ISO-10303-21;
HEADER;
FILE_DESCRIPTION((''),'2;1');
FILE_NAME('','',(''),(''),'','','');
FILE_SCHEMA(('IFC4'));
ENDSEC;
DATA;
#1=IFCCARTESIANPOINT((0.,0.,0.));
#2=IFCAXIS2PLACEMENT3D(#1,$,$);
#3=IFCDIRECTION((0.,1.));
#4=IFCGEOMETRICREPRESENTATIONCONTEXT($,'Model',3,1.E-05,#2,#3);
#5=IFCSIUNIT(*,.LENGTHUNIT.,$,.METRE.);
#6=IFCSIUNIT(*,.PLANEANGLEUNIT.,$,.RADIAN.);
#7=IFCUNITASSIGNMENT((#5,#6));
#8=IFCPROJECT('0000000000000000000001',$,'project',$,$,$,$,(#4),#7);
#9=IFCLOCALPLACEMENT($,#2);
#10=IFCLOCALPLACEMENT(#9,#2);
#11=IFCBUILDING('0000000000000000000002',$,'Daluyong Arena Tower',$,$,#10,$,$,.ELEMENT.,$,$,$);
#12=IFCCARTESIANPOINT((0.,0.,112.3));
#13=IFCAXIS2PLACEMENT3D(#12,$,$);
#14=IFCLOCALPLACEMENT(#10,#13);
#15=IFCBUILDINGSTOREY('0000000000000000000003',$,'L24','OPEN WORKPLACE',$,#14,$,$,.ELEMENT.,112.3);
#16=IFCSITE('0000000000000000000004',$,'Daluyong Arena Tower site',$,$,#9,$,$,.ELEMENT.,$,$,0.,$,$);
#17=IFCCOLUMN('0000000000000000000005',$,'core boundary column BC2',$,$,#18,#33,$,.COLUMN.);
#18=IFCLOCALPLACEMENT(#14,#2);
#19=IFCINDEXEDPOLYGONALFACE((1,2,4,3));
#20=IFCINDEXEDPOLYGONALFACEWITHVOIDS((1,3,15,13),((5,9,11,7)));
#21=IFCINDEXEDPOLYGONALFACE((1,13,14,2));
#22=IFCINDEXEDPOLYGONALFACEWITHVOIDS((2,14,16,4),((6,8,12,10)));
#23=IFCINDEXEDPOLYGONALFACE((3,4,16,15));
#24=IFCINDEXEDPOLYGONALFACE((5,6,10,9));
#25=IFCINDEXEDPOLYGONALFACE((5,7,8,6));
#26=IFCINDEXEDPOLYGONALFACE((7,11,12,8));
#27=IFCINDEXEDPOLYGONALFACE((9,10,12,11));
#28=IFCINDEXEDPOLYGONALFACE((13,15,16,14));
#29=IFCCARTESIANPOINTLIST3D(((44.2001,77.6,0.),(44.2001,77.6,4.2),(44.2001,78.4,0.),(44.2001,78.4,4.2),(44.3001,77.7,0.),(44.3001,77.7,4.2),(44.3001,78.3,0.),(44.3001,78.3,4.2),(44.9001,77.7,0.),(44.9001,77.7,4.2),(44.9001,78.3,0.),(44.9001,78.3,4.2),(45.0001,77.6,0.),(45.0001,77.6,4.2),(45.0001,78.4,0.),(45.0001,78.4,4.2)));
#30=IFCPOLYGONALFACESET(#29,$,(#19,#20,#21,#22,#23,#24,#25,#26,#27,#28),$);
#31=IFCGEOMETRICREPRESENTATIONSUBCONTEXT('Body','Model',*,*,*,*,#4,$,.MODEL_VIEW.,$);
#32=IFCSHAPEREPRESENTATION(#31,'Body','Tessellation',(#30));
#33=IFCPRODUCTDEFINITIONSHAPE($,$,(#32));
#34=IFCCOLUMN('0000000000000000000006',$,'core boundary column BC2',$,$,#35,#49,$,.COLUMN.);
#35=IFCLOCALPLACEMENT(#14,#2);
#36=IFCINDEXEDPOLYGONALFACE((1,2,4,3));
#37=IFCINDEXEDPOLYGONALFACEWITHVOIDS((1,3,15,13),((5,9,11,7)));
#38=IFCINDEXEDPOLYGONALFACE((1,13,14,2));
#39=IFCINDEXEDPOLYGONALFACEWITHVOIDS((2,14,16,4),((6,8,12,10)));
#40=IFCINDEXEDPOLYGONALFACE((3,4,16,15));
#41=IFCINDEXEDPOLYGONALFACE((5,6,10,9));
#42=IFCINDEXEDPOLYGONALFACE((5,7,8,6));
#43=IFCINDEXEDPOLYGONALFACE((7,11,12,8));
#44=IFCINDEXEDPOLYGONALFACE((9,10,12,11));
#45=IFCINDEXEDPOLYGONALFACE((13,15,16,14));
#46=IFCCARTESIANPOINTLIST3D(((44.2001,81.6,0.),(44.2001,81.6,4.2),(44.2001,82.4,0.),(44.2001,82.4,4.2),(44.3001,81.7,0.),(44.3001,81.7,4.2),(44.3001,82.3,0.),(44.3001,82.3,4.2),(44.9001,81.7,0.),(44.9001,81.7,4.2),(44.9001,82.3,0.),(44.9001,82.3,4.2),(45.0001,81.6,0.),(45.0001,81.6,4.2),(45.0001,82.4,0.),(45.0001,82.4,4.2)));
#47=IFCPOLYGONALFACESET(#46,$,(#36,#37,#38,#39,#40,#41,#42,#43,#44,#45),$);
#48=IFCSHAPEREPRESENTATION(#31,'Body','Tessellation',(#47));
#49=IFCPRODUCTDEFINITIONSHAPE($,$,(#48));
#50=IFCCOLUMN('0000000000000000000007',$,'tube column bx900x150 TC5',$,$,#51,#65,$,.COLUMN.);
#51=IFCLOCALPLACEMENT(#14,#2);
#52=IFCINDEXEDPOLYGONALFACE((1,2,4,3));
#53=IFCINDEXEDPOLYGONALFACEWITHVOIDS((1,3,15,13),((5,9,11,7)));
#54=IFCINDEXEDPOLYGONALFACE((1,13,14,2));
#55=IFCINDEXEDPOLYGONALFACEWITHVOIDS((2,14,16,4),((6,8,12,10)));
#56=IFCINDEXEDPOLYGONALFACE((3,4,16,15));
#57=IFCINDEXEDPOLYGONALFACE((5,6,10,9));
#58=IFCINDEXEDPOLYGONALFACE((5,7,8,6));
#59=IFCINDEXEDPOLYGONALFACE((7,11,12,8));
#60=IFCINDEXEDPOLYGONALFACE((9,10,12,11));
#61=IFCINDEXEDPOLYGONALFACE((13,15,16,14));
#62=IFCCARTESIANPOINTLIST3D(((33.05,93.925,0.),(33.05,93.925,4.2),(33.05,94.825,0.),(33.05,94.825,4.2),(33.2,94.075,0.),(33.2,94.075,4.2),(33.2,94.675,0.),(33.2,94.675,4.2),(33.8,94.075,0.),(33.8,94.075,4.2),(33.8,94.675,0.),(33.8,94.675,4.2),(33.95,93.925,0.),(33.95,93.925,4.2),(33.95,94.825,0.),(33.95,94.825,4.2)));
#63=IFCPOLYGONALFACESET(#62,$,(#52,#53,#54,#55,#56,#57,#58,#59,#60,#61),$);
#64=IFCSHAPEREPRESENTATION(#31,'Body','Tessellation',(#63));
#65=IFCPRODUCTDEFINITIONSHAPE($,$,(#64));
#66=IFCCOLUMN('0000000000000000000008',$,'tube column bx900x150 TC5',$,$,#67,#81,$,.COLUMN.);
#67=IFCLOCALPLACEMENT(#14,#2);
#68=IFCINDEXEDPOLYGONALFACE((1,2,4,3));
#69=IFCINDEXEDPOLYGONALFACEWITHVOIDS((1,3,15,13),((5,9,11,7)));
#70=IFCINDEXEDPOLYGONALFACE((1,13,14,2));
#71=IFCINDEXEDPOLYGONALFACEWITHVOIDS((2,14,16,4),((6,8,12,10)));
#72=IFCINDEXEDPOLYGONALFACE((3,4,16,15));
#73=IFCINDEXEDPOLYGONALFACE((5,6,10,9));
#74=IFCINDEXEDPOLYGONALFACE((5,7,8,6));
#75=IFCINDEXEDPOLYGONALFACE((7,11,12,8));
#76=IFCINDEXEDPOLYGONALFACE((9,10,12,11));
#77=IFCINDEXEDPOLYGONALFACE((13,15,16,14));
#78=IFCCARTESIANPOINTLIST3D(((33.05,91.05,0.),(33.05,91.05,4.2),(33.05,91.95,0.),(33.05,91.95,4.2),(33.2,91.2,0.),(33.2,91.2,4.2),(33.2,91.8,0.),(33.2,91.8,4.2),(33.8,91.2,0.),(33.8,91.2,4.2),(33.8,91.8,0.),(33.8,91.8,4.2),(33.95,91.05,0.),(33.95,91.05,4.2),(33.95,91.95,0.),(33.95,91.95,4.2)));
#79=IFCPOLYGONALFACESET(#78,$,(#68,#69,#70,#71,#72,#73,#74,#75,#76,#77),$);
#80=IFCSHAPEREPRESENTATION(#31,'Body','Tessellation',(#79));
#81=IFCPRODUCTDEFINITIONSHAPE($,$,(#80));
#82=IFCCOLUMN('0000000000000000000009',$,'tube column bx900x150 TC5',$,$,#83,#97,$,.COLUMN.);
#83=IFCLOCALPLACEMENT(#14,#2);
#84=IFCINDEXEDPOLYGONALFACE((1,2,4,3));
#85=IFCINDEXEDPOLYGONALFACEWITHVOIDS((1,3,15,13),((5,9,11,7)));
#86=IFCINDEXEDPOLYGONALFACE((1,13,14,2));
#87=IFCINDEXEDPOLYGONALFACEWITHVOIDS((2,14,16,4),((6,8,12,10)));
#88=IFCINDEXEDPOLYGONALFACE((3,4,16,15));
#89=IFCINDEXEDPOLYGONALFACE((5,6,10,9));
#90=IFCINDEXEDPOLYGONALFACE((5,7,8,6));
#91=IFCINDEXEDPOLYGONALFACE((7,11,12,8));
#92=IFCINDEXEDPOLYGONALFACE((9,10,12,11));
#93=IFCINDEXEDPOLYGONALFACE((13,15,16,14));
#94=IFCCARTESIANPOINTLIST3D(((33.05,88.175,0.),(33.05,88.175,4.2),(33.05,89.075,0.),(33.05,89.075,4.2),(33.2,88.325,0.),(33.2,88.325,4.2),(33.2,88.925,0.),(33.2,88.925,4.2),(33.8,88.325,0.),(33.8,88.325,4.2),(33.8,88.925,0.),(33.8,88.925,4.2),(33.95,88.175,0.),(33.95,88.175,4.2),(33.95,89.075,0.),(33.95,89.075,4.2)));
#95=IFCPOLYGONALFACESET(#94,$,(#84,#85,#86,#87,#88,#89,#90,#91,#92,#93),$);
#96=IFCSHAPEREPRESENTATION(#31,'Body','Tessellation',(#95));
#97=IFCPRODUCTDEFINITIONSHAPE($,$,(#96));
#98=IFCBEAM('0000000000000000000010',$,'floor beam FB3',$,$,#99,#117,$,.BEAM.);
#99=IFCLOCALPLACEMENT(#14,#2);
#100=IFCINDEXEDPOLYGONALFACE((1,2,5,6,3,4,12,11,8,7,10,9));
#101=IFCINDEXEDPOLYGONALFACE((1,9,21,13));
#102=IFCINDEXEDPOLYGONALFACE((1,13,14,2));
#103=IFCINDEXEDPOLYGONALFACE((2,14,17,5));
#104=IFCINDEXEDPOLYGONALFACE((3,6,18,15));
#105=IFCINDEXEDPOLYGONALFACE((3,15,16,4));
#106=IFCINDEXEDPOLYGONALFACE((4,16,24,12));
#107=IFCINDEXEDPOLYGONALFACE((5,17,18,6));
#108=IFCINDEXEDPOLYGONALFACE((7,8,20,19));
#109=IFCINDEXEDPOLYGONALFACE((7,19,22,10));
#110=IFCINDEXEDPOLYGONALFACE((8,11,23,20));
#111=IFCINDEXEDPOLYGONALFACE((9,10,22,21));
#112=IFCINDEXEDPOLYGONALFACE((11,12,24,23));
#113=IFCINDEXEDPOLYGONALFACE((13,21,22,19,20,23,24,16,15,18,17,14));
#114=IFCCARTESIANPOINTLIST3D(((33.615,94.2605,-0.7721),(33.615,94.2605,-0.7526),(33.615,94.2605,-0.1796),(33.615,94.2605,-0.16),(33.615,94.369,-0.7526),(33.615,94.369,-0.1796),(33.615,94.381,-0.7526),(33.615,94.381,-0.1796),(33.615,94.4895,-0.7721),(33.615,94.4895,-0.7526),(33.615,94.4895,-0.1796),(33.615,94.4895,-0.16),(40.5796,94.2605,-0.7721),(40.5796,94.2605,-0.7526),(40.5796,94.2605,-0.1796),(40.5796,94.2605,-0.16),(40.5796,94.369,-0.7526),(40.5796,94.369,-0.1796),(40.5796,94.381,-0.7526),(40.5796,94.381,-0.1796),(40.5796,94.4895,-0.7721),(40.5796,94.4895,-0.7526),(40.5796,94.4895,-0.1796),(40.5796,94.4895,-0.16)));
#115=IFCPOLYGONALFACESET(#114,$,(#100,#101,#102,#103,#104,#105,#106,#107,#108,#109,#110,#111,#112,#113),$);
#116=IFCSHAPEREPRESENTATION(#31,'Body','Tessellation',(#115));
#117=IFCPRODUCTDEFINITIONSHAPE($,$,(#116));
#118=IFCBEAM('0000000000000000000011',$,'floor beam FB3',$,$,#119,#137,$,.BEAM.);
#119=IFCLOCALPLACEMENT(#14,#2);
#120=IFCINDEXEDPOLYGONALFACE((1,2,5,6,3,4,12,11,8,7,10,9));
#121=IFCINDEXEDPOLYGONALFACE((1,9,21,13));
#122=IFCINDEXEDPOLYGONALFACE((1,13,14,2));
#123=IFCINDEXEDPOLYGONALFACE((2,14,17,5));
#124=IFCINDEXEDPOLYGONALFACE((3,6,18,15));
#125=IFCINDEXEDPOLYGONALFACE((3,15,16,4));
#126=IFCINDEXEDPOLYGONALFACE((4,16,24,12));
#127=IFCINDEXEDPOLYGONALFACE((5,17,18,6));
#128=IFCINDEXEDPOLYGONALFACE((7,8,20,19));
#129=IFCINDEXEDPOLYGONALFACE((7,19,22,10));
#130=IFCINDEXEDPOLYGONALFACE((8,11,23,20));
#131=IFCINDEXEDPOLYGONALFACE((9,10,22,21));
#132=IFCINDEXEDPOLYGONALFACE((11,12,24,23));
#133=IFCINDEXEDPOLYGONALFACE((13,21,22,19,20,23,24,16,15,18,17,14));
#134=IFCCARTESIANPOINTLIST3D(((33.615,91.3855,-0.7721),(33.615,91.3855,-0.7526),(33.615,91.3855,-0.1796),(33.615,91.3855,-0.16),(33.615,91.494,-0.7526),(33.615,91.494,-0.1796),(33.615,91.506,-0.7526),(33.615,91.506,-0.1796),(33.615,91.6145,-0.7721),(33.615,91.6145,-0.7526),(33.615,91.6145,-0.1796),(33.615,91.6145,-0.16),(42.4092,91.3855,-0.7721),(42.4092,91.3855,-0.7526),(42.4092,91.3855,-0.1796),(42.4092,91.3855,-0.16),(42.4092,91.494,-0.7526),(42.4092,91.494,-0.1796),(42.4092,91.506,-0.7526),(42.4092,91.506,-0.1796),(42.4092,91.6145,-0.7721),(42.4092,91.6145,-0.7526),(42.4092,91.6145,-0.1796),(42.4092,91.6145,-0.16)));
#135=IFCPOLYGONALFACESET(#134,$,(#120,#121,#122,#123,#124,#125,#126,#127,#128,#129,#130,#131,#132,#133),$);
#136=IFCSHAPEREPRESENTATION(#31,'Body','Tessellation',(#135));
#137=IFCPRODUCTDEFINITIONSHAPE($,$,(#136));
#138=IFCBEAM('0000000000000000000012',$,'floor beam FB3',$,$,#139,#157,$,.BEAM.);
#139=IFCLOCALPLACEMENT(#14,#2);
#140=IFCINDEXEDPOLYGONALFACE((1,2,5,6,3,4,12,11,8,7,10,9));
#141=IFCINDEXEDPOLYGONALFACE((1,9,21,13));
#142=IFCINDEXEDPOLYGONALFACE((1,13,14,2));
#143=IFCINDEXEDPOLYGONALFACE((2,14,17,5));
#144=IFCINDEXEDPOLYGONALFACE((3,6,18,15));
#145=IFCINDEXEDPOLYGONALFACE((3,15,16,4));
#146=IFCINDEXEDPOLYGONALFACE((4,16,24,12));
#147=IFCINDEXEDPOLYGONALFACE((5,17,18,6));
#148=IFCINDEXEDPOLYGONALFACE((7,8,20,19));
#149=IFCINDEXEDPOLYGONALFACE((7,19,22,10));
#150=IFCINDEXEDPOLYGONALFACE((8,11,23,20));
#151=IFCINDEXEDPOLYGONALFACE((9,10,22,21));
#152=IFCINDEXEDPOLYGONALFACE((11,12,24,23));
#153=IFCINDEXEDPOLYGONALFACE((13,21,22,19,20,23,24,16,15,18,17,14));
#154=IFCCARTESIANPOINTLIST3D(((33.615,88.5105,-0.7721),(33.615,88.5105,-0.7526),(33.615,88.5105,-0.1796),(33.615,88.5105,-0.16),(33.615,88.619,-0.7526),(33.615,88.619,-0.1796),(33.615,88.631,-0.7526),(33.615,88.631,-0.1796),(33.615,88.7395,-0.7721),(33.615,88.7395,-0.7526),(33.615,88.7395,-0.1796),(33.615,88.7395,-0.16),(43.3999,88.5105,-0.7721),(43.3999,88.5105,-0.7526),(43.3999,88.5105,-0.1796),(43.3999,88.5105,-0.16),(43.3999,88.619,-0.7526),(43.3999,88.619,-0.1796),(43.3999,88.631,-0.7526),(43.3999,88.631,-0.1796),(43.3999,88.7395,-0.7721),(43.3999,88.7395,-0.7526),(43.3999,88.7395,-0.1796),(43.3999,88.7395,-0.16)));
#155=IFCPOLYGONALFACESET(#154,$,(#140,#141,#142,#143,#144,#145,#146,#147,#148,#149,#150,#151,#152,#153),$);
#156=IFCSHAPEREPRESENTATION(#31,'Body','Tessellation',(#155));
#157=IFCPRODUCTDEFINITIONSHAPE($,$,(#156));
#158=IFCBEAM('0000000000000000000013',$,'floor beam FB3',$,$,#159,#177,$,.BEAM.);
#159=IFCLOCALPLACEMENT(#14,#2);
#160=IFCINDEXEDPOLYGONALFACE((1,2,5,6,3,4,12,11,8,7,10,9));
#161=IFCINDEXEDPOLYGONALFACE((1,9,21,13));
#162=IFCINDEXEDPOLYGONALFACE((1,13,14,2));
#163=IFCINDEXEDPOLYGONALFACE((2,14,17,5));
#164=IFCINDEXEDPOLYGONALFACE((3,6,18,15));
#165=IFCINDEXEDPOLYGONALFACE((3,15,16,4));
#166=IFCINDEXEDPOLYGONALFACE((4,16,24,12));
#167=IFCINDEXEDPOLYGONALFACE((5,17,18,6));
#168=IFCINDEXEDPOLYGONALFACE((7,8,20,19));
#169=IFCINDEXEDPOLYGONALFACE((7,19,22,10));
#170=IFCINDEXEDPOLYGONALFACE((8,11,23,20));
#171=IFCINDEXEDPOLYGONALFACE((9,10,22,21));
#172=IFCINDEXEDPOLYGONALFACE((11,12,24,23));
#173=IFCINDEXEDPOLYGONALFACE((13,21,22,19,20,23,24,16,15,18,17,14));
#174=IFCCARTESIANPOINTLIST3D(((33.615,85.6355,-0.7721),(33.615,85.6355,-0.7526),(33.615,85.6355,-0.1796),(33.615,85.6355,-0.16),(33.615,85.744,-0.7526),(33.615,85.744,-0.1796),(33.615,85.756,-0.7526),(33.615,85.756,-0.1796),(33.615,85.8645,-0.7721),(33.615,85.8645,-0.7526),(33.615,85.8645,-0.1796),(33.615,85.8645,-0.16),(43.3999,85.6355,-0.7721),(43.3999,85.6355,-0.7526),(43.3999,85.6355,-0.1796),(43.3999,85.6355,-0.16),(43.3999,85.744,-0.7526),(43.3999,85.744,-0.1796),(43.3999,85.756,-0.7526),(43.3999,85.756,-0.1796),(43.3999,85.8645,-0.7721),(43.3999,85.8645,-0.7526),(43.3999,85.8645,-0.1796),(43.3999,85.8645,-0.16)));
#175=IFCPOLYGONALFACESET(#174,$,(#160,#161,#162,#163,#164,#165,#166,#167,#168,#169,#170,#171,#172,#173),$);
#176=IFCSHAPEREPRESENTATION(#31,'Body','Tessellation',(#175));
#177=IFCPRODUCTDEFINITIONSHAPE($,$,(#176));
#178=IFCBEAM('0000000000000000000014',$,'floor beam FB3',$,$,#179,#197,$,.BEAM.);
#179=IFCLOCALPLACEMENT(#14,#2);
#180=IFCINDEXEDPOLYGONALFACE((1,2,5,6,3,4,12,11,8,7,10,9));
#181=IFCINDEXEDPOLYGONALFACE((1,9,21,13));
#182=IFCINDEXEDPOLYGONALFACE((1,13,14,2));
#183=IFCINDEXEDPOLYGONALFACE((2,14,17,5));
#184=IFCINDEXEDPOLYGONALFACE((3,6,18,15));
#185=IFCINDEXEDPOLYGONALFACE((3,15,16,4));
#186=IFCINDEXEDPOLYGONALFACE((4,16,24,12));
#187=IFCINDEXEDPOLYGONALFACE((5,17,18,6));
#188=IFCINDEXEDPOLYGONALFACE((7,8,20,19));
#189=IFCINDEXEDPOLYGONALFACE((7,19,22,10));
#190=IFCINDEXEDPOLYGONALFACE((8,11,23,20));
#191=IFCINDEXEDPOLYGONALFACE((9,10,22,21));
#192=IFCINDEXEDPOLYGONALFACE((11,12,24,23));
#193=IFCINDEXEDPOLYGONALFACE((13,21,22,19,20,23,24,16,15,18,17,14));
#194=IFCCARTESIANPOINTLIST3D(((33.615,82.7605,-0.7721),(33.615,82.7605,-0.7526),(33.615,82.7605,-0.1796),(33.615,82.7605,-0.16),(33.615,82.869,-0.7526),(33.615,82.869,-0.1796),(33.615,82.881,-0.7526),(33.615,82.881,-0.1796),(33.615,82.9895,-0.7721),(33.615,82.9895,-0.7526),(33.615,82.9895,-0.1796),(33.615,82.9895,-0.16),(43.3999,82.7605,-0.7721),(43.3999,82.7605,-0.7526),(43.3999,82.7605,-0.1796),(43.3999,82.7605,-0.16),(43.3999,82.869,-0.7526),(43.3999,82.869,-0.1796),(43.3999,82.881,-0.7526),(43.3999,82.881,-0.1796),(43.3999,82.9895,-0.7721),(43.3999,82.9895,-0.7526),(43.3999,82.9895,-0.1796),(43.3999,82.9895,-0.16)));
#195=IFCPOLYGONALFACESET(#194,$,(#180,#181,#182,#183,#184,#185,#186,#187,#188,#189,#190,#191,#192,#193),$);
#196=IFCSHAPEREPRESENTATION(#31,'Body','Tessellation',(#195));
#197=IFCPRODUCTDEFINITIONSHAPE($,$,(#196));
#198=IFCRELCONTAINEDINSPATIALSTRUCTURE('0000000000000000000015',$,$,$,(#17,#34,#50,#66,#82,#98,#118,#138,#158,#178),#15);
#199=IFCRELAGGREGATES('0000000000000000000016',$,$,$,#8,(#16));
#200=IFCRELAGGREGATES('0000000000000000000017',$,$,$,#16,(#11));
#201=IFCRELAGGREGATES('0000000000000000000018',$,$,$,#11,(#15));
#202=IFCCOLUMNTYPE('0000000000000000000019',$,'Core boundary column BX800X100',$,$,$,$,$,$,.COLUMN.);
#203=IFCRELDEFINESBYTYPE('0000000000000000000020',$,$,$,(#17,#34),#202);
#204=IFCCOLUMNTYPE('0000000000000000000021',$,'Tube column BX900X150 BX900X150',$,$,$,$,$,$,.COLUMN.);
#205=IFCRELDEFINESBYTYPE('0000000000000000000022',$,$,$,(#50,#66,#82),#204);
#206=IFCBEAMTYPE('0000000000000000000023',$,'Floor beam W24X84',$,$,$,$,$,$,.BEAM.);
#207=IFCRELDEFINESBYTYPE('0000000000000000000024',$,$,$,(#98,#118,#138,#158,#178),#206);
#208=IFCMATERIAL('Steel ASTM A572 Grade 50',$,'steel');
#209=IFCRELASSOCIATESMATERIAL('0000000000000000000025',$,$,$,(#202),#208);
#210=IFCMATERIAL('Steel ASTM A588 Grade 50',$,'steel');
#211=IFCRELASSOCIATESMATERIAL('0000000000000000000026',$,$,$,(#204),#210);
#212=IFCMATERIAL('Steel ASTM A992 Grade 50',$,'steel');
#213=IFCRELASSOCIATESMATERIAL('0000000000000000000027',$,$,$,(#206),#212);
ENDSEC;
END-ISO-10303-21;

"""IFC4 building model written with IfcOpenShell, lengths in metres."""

from ifc_helpers import new_model, si_unit, direction, frame, origin, origin_2d, place, context, subcontext, project, spatial, hollow_rectangle, i_section, extrude, material, material_profile, profile_set, type_object, element, save


model = new_model("IFC4")

# Units and contexts
model_context = context("Model", 3, precision=1e-05, world=origin(), true_north=direction((0.0, 1.0)))
body_context = subcontext(model_context, "Body", "Model", "MODEL_VIEW")
ifc_project = project(units=[si_unit("LENGTHUNIT", "METRE"), si_unit("PLANEANGLEUNIT", "RADIAN")], contexts=[model_context])

# Site, building, storey
site_placement = place(None, origin())
site = spatial("IfcSite", under=ifc_project, at=site_placement, Name="Daluyong Arena Tower site", CompositionType="ELEMENT", RefElevation=0.0)
building_placement = place(site_placement, origin())
building = spatial("IfcBuilding", under=site, at=building_placement, Name="Daluyong Arena Tower", CompositionType="ELEMENT")
storey_placement = place(building_placement, frame((0.0, 0.0, 112.3)))
storey = spatial("IfcBuildingStorey", under=building, at=storey_placement, Name="L24", Description="OPEN WORKPLACE", CompositionType="ELEMENT", Elevation=112.3)

# Columns
ifc_material_1 = material(Name="Steel ASTM A572 Grade 50", Category="steel")
ifc_material_profile_1 = material_profile(ifc_material_1, hollow_rectangle(XDim=0.8, YDim=0.8, WallThickness=0.1, at=origin_2d()))
ifc_profile_set_1 = profile_set([ifc_material_profile_1], Name="Steel ASTM A572 Grade 50")
column_type_1 = type_object("IfcColumnType", Name="Core boundary column BX800X100", PredefinedType="COLUMN", material=ifc_profile_set_1)
for number, where, z_axis, x_axis, name in (
    (1, (44.6001, 78.0, 0.0), (0.0, 0.0, 1.0), (1.0, 0.0, 0.0), "core boundary column BC2"),
    (2, (44.6001, 82.0, 0.0), (0.0, 0.0, 1.0), (1.0, 0.0, 0.0), "core boundary column BC2"),
):
    element("IfcColumn", number, at=place(storey_placement, frame(where, z_axis=z_axis, x_axis=x_axis)), inside=storey, type_object=column_type_1, Name=name, PredefinedType="COLUMN", context=body_context, shape_type="SweptSolid", body=[
        extrude(hollow_rectangle(XDim=0.8, YDim=0.8, WallThickness=0.1, at=origin_2d()), origin(), (0.0, 0.0, 1.0), 4.2),
    ])
ifc_material_2 = material(Name="Steel ASTM A588 Grade 50", Category="steel")
ifc_material_profile_2 = material_profile(ifc_material_2, hollow_rectangle(XDim=0.8999, YDim=0.8999, WallThickness=0.15, at=origin_2d()))
ifc_profile_set_2 = profile_set([ifc_material_profile_2], Name="Steel ASTM A588 Grade 50")
column_type_2 = type_object("IfcColumnType", Name="Tube column BX900X150 BX900X150", PredefinedType="COLUMN", material=ifc_profile_set_2)
for number, where, z_axis, x_axis, name in (
    (3, (33.5, 94.375, 0.0), (0.0, 0.0, 1.0), (0.0, 1.0, 0.0), "tube column bx900x150 TC5"),
    (4, (33.5, 91.5, 0.0), (0.0, 0.0, 1.0), (0.0, 1.0, 0.0), "tube column bx900x150 TC5"),
    (5, (33.5, 88.625, 0.0), (0.0, 0.0, 1.0), (0.0, 1.0, 0.0), "tube column bx900x150 TC5"),
):
    element("IfcColumn", number, at=place(storey_placement, frame(where, z_axis=z_axis, x_axis=x_axis)), inside=storey, type_object=column_type_2, Name=name, PredefinedType="COLUMN", context=body_context, shape_type="SweptSolid", body=[
        extrude(hollow_rectangle(XDim=0.8999, YDim=0.8999, WallThickness=0.15, at=origin_2d()), origin(), (0.0, 0.0, 1.0), 4.2),
    ])

# Beams
ifc_material_3 = material(Name="Steel ASTM A992 Grade 50", Category="steel")
ifc_material_profile_3 = material_profile(ifc_material_3, i_section(OverallWidth=0.229, OverallDepth=0.6121, WebThickness=0.012, FlangeThickness=0.0195, at=origin_2d()))
ifc_profile_set_3 = profile_set([ifc_material_profile_3], Name="Steel ASTM A992 Grade 50")
beam_type_1 = type_object("IfcBeamType", Name="Floor beam W24X84", PredefinedType="BEAM", material=ifc_profile_set_3)
beam_1_placement = place(storey_placement, frame((33.615, 94.375, -0.4661), z_axis=(1.0, 0.0, 0.0), x_axis=(0.0, 1.0, 0.0)))
element("IfcBeam", 6, at=beam_1_placement, inside=storey, type_object=beam_type_1, Name="floor beam FB3", PredefinedType="BEAM", context=body_context, shape_type="SweptSolid", body=[
    extrude(i_section(OverallWidth=0.229, OverallDepth=0.6121, WebThickness=0.012, FlangeThickness=0.0195, at=origin_2d()), origin(), (0.0, 0.0, 1.0), 6.9646),
])
beam_2_placement = place(storey_placement, frame((33.615, 91.5, -0.4661), z_axis=(1.0, 0.0, 0.0), x_axis=(0.0, 1.0, 0.0)))
element("IfcBeam", 7, at=beam_2_placement, inside=storey, type_object=beam_type_1, Name="floor beam FB3", PredefinedType="BEAM", context=body_context, shape_type="SweptSolid", body=[
    extrude(i_section(OverallWidth=0.229, OverallDepth=0.6121, WebThickness=0.012, FlangeThickness=0.0195, at=origin_2d()), origin(), (0.0, 0.0, 1.0), 8.7942),
])
for number, where, z_axis, x_axis, name in (
    (8, (33.615, 88.625, -0.4661), (1.0, 0.0, 0.0), (0.0, 1.0, 0.0), "floor beam FB3"),
    (9, (33.615, 85.75, -0.4661), (1.0, 0.0, 0.0), (0.0, 1.0, 0.0), "floor beam FB3"),
    (10, (33.615, 82.875, -0.4661), (1.0, 0.0, 0.0), (0.0, 1.0, 0.0), "floor beam FB3"),
):
    element("IfcBeam", number, at=place(storey_placement, frame(where, z_axis=z_axis, x_axis=x_axis)), inside=storey, type_object=beam_type_1, Name=name, PredefinedType="BEAM", context=body_context, shape_type="SweptSolid", body=[
        extrude(i_section(OverallWidth=0.229, OverallDepth=0.6121, WebThickness=0.012, FlangeThickness=0.0195, at=origin_2d()), origin(), (0.0, 0.0, 1.0), 9.7849),
    ])

save(model, "model.ifc")
